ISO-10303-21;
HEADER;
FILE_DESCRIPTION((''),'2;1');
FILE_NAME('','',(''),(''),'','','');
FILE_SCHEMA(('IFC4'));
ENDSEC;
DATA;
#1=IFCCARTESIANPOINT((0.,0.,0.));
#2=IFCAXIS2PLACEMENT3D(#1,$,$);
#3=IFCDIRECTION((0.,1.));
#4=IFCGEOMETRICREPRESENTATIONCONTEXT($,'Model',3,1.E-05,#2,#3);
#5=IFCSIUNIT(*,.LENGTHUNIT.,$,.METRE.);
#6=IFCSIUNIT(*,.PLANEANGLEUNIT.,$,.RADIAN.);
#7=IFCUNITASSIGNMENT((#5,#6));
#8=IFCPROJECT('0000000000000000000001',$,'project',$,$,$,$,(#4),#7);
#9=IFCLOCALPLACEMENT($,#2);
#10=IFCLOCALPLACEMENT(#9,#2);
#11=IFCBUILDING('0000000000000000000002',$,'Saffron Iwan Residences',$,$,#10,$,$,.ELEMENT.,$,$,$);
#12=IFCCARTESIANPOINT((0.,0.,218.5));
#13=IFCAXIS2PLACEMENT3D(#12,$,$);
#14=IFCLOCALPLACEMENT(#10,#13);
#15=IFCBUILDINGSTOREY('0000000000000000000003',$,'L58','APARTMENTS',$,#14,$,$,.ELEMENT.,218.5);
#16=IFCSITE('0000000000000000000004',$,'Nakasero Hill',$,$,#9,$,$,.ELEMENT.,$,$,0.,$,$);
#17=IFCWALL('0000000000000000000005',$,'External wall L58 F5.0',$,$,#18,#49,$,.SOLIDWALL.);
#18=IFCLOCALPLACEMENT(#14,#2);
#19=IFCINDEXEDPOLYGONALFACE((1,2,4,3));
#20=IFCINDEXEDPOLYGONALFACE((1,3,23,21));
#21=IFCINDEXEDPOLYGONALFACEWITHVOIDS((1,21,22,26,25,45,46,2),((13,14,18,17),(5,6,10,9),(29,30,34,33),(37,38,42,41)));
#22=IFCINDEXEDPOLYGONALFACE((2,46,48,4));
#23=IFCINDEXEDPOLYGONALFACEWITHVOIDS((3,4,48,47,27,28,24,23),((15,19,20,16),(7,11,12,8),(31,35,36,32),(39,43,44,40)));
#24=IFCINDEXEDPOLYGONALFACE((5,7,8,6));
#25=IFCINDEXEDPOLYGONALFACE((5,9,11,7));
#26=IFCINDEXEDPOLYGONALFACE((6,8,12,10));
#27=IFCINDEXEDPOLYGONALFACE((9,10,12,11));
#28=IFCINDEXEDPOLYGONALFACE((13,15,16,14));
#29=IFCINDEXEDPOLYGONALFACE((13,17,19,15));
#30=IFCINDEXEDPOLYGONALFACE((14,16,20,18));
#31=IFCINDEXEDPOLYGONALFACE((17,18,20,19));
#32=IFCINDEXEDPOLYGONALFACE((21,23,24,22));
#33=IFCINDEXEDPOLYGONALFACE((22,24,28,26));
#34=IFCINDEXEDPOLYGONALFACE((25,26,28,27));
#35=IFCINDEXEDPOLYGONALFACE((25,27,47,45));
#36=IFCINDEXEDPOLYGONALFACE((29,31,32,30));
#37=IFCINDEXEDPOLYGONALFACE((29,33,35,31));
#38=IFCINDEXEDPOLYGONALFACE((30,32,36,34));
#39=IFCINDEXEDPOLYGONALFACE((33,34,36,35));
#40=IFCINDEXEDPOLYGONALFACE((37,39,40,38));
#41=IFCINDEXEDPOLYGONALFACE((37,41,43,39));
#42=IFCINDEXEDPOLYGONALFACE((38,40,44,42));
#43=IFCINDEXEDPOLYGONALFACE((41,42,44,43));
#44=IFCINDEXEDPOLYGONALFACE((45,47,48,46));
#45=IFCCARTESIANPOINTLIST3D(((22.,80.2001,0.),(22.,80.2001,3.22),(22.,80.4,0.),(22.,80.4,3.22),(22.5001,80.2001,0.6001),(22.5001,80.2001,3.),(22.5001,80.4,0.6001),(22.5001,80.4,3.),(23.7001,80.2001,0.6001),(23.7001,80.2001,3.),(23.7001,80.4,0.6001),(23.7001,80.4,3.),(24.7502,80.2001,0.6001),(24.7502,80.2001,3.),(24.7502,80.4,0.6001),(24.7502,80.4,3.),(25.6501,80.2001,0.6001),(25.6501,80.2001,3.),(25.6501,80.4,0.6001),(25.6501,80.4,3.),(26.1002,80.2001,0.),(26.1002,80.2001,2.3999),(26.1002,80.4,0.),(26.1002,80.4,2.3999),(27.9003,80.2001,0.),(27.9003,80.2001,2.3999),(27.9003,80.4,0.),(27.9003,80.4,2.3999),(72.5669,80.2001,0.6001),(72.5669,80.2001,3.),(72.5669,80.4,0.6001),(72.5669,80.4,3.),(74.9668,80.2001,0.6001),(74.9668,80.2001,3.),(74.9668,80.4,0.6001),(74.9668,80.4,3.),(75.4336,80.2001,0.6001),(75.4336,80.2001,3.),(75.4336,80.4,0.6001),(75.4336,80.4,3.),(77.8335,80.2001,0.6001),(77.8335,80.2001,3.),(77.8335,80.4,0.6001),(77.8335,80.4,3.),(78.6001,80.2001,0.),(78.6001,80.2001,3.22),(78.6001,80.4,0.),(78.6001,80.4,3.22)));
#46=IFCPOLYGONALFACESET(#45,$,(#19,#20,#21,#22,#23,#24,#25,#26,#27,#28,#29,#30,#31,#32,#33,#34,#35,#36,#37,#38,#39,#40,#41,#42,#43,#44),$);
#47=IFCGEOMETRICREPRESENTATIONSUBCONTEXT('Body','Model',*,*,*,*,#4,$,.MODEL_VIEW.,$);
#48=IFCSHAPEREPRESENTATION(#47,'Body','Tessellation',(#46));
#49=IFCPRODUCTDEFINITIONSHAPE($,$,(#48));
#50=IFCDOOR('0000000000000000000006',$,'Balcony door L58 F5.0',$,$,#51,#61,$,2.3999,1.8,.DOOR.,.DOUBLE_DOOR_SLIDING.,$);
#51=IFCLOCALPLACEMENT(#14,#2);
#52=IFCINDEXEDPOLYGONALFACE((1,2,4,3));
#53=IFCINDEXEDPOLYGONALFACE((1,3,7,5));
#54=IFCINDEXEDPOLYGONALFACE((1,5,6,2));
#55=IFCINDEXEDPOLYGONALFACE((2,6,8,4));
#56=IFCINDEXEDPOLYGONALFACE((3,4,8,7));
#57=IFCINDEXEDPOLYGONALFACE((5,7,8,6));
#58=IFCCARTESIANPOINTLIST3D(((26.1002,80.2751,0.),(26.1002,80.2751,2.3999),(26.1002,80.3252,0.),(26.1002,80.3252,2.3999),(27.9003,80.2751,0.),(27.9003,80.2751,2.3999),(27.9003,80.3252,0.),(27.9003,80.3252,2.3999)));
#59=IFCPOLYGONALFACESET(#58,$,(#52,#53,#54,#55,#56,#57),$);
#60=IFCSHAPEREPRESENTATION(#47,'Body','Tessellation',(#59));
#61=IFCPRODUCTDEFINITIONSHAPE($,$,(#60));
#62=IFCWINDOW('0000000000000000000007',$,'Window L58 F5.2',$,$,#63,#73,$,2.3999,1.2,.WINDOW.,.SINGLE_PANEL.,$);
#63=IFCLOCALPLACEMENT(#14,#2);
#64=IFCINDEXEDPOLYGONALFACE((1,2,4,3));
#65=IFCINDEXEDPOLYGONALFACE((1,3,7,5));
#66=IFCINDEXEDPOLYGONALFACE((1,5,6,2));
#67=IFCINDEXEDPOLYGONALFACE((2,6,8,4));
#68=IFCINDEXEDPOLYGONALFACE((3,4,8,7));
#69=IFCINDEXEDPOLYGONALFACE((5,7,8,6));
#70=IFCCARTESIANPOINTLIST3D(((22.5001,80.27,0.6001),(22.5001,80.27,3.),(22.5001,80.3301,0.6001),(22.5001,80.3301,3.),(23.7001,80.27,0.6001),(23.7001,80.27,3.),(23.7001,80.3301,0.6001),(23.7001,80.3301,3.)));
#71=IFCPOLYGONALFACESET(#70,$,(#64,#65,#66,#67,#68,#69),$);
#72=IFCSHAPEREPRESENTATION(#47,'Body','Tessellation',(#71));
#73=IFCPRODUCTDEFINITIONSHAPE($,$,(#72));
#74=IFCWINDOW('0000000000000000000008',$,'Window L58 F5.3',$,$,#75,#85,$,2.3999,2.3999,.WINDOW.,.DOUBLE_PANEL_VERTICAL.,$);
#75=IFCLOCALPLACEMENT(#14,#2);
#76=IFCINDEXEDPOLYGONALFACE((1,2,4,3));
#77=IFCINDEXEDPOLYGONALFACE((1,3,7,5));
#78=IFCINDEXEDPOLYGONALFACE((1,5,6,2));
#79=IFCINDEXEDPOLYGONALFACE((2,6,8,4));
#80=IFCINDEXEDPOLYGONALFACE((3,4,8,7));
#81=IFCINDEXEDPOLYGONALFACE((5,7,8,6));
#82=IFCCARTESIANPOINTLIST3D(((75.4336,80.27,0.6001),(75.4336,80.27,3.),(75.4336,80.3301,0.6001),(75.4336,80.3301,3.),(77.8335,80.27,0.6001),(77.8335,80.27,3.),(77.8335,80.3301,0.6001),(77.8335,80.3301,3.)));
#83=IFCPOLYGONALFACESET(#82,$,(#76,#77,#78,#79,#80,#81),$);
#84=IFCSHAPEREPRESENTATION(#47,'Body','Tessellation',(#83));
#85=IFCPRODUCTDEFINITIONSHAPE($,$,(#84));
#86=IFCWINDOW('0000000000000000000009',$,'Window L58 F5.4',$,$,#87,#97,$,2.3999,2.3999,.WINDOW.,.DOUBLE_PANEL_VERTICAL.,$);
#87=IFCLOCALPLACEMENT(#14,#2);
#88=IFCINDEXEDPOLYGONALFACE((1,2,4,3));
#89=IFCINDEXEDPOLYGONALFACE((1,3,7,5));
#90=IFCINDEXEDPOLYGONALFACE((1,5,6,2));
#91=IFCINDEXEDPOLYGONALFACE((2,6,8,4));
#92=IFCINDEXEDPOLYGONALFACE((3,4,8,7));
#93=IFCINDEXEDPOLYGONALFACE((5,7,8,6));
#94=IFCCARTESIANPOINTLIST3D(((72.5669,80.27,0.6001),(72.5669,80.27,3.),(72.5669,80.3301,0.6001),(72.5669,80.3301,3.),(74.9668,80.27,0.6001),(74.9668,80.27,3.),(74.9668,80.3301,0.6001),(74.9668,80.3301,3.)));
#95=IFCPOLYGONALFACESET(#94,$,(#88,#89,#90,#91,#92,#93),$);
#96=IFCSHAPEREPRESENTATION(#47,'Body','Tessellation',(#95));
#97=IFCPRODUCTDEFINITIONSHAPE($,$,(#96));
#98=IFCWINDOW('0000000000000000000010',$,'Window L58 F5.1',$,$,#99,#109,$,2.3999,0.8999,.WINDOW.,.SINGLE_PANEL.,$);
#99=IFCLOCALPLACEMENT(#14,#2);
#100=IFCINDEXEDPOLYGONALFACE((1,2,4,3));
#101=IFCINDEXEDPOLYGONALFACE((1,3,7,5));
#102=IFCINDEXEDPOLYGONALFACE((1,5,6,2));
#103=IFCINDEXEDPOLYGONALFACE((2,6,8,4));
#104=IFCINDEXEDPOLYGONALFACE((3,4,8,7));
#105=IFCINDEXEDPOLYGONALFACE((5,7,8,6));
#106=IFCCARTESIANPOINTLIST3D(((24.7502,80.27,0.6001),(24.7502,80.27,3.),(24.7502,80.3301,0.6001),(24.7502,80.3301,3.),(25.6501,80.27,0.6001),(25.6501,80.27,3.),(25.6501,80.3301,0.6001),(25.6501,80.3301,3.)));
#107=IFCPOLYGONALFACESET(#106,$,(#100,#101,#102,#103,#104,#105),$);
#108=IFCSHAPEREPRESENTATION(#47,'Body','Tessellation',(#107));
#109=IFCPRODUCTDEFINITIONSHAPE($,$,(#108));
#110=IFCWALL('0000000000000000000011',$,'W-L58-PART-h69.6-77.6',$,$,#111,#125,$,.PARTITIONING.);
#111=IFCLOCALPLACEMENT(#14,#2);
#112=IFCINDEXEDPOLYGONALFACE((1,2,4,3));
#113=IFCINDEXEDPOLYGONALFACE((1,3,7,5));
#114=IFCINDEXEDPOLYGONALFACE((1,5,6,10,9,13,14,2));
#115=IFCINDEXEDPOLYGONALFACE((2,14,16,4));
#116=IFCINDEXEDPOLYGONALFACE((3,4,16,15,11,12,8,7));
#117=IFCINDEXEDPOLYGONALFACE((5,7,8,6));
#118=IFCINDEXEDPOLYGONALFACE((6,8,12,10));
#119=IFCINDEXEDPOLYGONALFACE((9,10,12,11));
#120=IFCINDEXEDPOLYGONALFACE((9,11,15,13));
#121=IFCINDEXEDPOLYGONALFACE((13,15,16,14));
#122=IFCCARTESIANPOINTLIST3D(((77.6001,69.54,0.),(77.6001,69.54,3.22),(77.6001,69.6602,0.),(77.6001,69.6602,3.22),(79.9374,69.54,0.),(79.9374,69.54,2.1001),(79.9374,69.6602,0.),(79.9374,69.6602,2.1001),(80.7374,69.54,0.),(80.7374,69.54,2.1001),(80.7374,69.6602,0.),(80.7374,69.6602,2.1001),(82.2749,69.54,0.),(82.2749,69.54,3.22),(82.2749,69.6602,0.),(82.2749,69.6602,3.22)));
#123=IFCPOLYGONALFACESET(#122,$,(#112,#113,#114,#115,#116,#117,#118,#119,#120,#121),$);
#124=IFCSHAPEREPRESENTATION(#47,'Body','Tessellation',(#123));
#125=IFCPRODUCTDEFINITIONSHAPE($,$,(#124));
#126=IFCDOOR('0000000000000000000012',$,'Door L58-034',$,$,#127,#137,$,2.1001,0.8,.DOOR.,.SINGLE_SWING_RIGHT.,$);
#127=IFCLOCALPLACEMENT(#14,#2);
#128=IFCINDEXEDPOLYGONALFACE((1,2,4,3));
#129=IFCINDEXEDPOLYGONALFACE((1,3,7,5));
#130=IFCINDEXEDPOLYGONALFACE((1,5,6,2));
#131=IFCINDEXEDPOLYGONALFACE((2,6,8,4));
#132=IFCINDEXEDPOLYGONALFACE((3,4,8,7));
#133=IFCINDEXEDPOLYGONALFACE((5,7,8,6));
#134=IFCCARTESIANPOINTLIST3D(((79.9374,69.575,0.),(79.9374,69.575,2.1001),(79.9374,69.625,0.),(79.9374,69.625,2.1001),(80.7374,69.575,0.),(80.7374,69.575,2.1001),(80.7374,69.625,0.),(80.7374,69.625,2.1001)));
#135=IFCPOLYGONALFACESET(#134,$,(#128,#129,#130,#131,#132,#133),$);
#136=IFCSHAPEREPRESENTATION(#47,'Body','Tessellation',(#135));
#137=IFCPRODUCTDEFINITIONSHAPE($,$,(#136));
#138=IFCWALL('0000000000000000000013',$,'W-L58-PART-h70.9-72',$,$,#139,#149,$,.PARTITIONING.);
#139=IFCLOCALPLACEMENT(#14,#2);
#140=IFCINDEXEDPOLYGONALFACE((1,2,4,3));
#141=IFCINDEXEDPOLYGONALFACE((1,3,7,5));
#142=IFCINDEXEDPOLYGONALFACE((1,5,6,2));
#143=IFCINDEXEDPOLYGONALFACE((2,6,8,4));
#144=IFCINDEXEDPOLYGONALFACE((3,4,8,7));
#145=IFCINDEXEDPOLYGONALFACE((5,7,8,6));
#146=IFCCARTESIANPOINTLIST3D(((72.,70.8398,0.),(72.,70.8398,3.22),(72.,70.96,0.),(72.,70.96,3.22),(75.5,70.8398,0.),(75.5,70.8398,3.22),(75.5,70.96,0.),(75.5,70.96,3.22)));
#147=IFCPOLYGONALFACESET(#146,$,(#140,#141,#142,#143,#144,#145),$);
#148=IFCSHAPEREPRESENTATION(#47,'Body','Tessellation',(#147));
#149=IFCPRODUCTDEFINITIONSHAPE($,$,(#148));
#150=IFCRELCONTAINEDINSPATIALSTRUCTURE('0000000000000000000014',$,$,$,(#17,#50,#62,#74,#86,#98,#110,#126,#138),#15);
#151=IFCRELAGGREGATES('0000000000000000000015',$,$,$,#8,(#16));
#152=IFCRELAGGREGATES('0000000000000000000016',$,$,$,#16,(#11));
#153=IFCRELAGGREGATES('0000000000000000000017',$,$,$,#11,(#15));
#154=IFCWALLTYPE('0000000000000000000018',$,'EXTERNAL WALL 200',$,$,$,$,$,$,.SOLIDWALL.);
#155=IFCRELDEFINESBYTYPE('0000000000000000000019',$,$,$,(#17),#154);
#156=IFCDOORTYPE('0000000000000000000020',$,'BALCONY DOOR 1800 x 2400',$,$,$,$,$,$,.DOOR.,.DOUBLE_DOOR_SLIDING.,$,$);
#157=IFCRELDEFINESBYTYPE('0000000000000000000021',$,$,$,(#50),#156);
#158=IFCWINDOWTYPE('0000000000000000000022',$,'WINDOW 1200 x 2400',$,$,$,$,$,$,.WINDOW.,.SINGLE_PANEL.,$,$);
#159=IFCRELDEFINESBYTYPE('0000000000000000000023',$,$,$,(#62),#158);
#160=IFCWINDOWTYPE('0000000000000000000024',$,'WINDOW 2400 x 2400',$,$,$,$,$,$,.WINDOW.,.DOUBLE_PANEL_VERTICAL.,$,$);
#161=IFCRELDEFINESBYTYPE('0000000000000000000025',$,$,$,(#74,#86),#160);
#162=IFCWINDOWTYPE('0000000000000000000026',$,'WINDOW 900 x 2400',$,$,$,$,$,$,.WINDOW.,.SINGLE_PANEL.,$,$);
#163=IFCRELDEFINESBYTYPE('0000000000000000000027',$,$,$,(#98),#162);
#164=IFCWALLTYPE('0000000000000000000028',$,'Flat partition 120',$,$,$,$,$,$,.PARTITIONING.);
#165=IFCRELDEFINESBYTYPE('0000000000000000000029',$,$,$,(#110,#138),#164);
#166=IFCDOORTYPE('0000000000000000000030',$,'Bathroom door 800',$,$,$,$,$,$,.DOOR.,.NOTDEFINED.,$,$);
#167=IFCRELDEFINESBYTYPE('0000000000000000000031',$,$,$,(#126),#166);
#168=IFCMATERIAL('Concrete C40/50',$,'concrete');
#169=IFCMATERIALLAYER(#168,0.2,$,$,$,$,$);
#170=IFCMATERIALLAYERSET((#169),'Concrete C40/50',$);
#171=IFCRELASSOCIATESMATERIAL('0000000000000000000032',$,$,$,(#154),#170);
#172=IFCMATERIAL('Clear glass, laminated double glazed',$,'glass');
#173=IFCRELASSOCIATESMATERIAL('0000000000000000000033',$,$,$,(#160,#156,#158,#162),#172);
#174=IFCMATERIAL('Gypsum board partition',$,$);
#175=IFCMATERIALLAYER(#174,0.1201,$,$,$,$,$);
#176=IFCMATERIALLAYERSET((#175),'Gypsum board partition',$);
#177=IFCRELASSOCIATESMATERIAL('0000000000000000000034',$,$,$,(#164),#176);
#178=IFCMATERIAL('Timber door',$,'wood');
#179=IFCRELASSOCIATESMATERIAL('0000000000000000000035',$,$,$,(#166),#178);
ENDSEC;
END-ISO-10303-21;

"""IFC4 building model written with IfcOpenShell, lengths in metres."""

from ifc_helpers import new_model, si_unit, direction, frame, frame_2d, origin, place, context, subcontext, project, spatial, rectangle, extrude, material, layer, layer_set, type_object, element, fill, save


model = new_model("IFC4")

# Units and contexts
model_context = context("Model", 3, precision=1e-05, world=origin(), true_north=direction((0.0, 1.0)))
body_context = subcontext(model_context, "Body", "Model", "MODEL_VIEW")
ifc_project = project(units=[si_unit("LENGTHUNIT", "METRE"), si_unit("PLANEANGLEUNIT", "RADIAN")], contexts=[model_context])

# Site, building, storey
site_placement = place(None, origin())
site = spatial("IfcSite", under=ifc_project, at=site_placement, Name="Nakasero Hill", CompositionType="ELEMENT", RefElevation=0.0)
building_placement = place(site_placement, origin())
building = spatial("IfcBuilding", under=site, at=building_placement, Name="Saffron Iwan Residences", CompositionType="ELEMENT")
storey_placement = place(building_placement, frame((0.0, 0.0, 218.5)))
storey = spatial("IfcBuildingStorey", under=building, at=storey_placement, Name="L58", Description="APARTMENTS", CompositionType="ELEMENT", Elevation=218.5)

# Shared definitions
ifc_material_1 = material(Name="Concrete C40/50", Category="concrete")

# Shared definitions
ifc_layer_1 = layer(ifc_material_1, 0.2)
ifc_layer_set_1 = layer_set([ifc_layer_1], Name="Concrete C40/50")
wall_type_1 = type_object("IfcWallType", Name="EXTERNAL WALL 200", PredefinedType="SOLIDWALL", material=ifc_layer_set_1)
ifc_material_2 = material(Name="Clear glass, laminated double glazed", Category="glass")
window_type_1 = type_object("IfcWindowType", Name="WINDOW 2400 x 2400", PartitioningType="DOUBLE_PANEL_VERTICAL", PredefinedType="WINDOW", material=ifc_material_2)

# Wall, openings, door, windows
wall_1_placement = place(storey_placement, frame((78.6001, 80.3, 0.0), z_axis=(0.0, 0.0, 1.0), x_axis=(-1.0, 0.0, 0.0)))
wall_1 = element("IfcWall", 1, at=wall_1_placement, inside=storey, type_object=wall_type_1, Name="External wall L58 F5.0", PredefinedType="SOLIDWALL", context=body_context, shape_type="SweptSolid", body=[
    extrude(rectangle(XDim=56.6001, YDim=0.2, at=frame_2d((28.3, 0.0))), origin(), (0.0, 0.0, 1.0), 3.22),
])
opening_1_placement = place(wall_1_placement, frame((50.7, 0.0, 0.0)))
opening_1 = element("IfcOpeningElement", 2, at=opening_1_placement, cuts=wall_1, PredefinedType="OPENING", context=body_context, shape_type="SweptSolid", body=[
    extrude(rectangle(XDim=1.8, YDim=2.3999, at=frame_2d((0.8999, 1.2))), frame((0.0, 0.1099, 0.0), z_axis=(0.0, -1.0, 0.0), x_axis=(1.0, 0.0, 0.0)), (0.0, 0.0, 1.0), 0.22),
])
opening_2_placement = place(wall_1_placement, frame((52.95, 0.0, 0.6001)))
opening_2 = element("IfcOpeningElement", 3, at=opening_2_placement, cuts=wall_1, PredefinedType="OPENING", context=body_context, shape_type="SweptSolid", body=[
    extrude(rectangle(XDim=0.8999, YDim=2.3999, at=frame_2d((0.45, 1.2))), frame((0.0, 0.1099, 0.0), z_axis=(0.0, -1.0, 0.0), x_axis=(1.0, 0.0, 0.0)), (0.0, 0.0, 1.0), 0.22),
])
opening_3_placement = place(wall_1_placement, frame((54.8999, 0.0, 0.6001)))
opening_3 = element("IfcOpeningElement", 4, at=opening_3_placement, cuts=wall_1, PredefinedType="OPENING", context=body_context, shape_type="SweptSolid", body=[
    extrude(rectangle(XDim=1.2, YDim=2.3999, at=frame_2d((0.6001, 1.2))), frame((0.0, 0.1099, 0.0), z_axis=(0.0, -1.0, 0.0), x_axis=(1.0, 0.0, 0.0)), (0.0, 0.0, 1.0), 0.22),
])
opening_4_placement = place(wall_1_placement, frame((0.7666, 0.0, 0.6001)))
opening_4 = element("IfcOpeningElement", 5, at=opening_4_placement, cuts=wall_1, PredefinedType="OPENING", context=body_context, shape_type="SweptSolid", body=[
    extrude(rectangle(XDim=2.3999, YDim=2.3999, at=frame_2d((1.2, 1.2))), frame((0.0, 0.1099, 0.0), z_axis=(0.0, -1.0, 0.0), x_axis=(1.0, 0.0, 0.0)), (0.0, 0.0, 1.0), 0.22),
])
opening_5_placement = place(wall_1_placement, frame((3.6333, 0.0, 0.6001)))
opening_5 = element("IfcOpeningElement", 6, at=opening_5_placement, cuts=wall_1, PredefinedType="OPENING", context=body_context, shape_type="SweptSolid", body=[
    extrude(rectangle(XDim=2.3999, YDim=2.3999, at=frame_2d((1.2, 1.2))), frame((0.0, 0.1099, 0.0), z_axis=(0.0, -1.0, 0.0), x_axis=(1.0, 0.0, 0.0)), (0.0, 0.0, 1.0), 0.22),
])
door_type_1 = type_object("IfcDoorType", Name="BALCONY DOOR 1800 x 2400", OperationType="DOUBLE_DOOR_SLIDING", PredefinedType="DOOR", material=ifc_material_2)
door_1_placement = place(opening_1_placement, origin())
door_1 = element("IfcDoor", 7, at=door_1_placement, inside=storey, type_object=door_type_1, Name="Balcony door L58 F5.0", OperationType="DOUBLE_DOOR_SLIDING", OverallHeight=2.3999, OverallWidth=1.8, PredefinedType="DOOR", context=body_context, shape_type="SweptSolid", body=[
    extrude(rectangle(XDim=1.8, YDim=2.3999, at=frame_2d((0.8999, 1.2))), frame((0.0, 0.0249, 0.0), z_axis=(0.0, -1.0, 0.0), x_axis=(1.0, 0.0, 0.0)), (0.0, 0.0, 1.0), 0.05),
])
fill(opening_1, door_1)
window_type_2 = type_object("IfcWindowType", Name="WINDOW 1200 x 2400", PartitioningType="SINGLE_PANEL", PredefinedType="WINDOW", material=ifc_material_2)
window_1_placement = place(opening_3_placement, origin())
window_1 = element("IfcWindow", 8, at=window_1_placement, inside=storey, type_object=window_type_2, Name="Window L58 F5.2", OverallHeight=2.3999, OverallWidth=1.2, PartitioningType="SINGLE_PANEL", PredefinedType="WINDOW", context=body_context, shape_type="SweptSolid", body=[
    extrude(rectangle(XDim=1.2, YDim=2.3999, at=frame_2d((0.6001, 1.2))), frame((0.0, 0.03, 0.0), z_axis=(0.0, -1.0, 0.0), x_axis=(1.0, 0.0, 0.0)), (0.0, 0.0, 1.0), 0.0601),
])
fill(opening_3, window_1)
window_2_placement = place(opening_4_placement, origin())
window_2 = element("IfcWindow", 9, at=window_2_placement, inside=storey, type_object=window_type_1, Name="Window L58 F5.3", OverallHeight=2.3999, OverallWidth=2.3999, PartitioningType="DOUBLE_PANEL_VERTICAL", PredefinedType="WINDOW", context=body_context, shape_type="SweptSolid", body=[
    extrude(rectangle(XDim=2.3999, YDim=2.3999, at=frame_2d((1.2, 1.2))), frame((0.0, 0.03, 0.0), z_axis=(0.0, -1.0, 0.0), x_axis=(1.0, 0.0, 0.0)), (0.0, 0.0, 1.0), 0.0601),
])
fill(opening_4, window_2)
window_3_placement = place(opening_5_placement, origin())
window_3 = element("IfcWindow", 10, at=window_3_placement, inside=storey, type_object=window_type_1, Name="Window L58 F5.4", OverallHeight=2.3999, OverallWidth=2.3999, PartitioningType="DOUBLE_PANEL_VERTICAL", PredefinedType="WINDOW", context=body_context, shape_type="SweptSolid", body=[
    extrude(rectangle(XDim=2.3999, YDim=2.3999, at=frame_2d((1.2, 1.2))), frame((0.0, 0.03, 0.0), z_axis=(0.0, -1.0, 0.0), x_axis=(1.0, 0.0, 0.0)), (0.0, 0.0, 1.0), 0.0601),
])
fill(opening_5, window_3)
window_type_3 = type_object("IfcWindowType", Name="WINDOW 900 x 2400", PartitioningType="SINGLE_PANEL", PredefinedType="WINDOW", material=ifc_material_2)
window_4_placement = place(opening_2_placement, origin())
window_4 = element("IfcWindow", 11, at=window_4_placement, inside=storey, type_object=window_type_3, Name="Window L58 F5.1", OverallHeight=2.3999, OverallWidth=0.8999, PartitioningType="SINGLE_PANEL", PredefinedType="WINDOW", context=body_context, shape_type="SweptSolid", body=[
    extrude(rectangle(XDim=0.8999, YDim=2.3999, at=frame_2d((0.45, 1.2))), frame((0.0, 0.03, 0.0), z_axis=(0.0, -1.0, 0.0), x_axis=(1.0, 0.0, 0.0)), (0.0, 0.0, 1.0), 0.0601),
])
fill(opening_2, window_4)

# Wall, opening, door
ifc_material_3 = material(Name="Gypsum board partition")
ifc_layer_2 = layer(ifc_material_3, 0.1201)
ifc_layer_set_2 = layer_set([ifc_layer_2], Name="Gypsum board partition")
wall_type_2 = type_object("IfcWallType", Name="Flat partition 120", PredefinedType="PARTITIONING", material=ifc_layer_set_2)
wall_2_placement = place(storey_placement, frame((77.6001, 69.6001, 0.0), z_axis=(0.0, 0.0, 1.0), x_axis=(1.0, 0.0, 0.0)))
wall_2 = element("IfcWall", 12, at=wall_2_placement, inside=storey, type_object=wall_type_2, Name="W-L58-PART-h69.6-77.6", PredefinedType="PARTITIONING", context=body_context, shape_type="SweptSolid", body=[
    extrude(rectangle(XDim=4.6748, YDim=0.1201, at=frame_2d((2.3374, 0.0))), origin(), (0.0, 0.0, 1.0), 3.22),
])
opening_6_placement = place(wall_2_placement, frame((2.3374, 0.0, 0.0)))
opening_6 = element("IfcOpeningElement", 13, at=opening_6_placement, cuts=wall_2, PredefinedType="OPENING", context=body_context, shape_type="SweptSolid", body=[
    extrude(rectangle(XDim=0.8, YDim=2.1001, at=frame_2d((0.3999, 1.05))), frame((0.0, 0.0701, 0.0), z_axis=(0.0, -1.0, 0.0), x_axis=(1.0, 0.0, 0.0)), (0.0, 0.0, 1.0), 0.1401),
])
ifc_material_4 = material(Name="Timber door", Category="wood")
door_type_2 = type_object("IfcDoorType", Name="Bathroom door 800", OperationType="NOTDEFINED", PredefinedType="DOOR", material=ifc_material_4)
door_2_placement = place(opening_6_placement, origin())
door_2 = element("IfcDoor", 14, at=door_2_placement, inside=storey, type_object=door_type_2, Name="Door L58-034", OperationType="SINGLE_SWING_RIGHT", OverallHeight=2.1001, OverallWidth=0.8, PredefinedType="DOOR", context=body_context, shape_type="SweptSolid", body=[
    extrude(rectangle(XDim=0.8, YDim=2.1001, at=frame_2d((0.3999, 1.05))), frame((0.0, 0.0249, 0.0), z_axis=(0.0, -1.0, 0.0), x_axis=(1.0, 0.0, 0.0)), (0.0, 0.0, 1.0), 0.05),
])
fill(opening_6, door_2)

# Wall
wall_3_placement = place(storey_placement, frame((72.0, 70.8999, 0.0), z_axis=(0.0, 0.0, 1.0), x_axis=(1.0, 0.0, 0.0)))
element("IfcWall", 15, at=wall_3_placement, inside=storey, type_object=wall_type_2, Name="W-L58-PART-h70.9-72", PredefinedType="PARTITIONING", context=body_context, shape_type="SweptSolid", body=[
    extrude(rectangle(XDim=3.5, YDim=0.1201, at=frame_2d((1.75, 0.0))), origin(), (0.0, 0.0, 1.0), 3.22),
])

save(model, "model.ifc")
